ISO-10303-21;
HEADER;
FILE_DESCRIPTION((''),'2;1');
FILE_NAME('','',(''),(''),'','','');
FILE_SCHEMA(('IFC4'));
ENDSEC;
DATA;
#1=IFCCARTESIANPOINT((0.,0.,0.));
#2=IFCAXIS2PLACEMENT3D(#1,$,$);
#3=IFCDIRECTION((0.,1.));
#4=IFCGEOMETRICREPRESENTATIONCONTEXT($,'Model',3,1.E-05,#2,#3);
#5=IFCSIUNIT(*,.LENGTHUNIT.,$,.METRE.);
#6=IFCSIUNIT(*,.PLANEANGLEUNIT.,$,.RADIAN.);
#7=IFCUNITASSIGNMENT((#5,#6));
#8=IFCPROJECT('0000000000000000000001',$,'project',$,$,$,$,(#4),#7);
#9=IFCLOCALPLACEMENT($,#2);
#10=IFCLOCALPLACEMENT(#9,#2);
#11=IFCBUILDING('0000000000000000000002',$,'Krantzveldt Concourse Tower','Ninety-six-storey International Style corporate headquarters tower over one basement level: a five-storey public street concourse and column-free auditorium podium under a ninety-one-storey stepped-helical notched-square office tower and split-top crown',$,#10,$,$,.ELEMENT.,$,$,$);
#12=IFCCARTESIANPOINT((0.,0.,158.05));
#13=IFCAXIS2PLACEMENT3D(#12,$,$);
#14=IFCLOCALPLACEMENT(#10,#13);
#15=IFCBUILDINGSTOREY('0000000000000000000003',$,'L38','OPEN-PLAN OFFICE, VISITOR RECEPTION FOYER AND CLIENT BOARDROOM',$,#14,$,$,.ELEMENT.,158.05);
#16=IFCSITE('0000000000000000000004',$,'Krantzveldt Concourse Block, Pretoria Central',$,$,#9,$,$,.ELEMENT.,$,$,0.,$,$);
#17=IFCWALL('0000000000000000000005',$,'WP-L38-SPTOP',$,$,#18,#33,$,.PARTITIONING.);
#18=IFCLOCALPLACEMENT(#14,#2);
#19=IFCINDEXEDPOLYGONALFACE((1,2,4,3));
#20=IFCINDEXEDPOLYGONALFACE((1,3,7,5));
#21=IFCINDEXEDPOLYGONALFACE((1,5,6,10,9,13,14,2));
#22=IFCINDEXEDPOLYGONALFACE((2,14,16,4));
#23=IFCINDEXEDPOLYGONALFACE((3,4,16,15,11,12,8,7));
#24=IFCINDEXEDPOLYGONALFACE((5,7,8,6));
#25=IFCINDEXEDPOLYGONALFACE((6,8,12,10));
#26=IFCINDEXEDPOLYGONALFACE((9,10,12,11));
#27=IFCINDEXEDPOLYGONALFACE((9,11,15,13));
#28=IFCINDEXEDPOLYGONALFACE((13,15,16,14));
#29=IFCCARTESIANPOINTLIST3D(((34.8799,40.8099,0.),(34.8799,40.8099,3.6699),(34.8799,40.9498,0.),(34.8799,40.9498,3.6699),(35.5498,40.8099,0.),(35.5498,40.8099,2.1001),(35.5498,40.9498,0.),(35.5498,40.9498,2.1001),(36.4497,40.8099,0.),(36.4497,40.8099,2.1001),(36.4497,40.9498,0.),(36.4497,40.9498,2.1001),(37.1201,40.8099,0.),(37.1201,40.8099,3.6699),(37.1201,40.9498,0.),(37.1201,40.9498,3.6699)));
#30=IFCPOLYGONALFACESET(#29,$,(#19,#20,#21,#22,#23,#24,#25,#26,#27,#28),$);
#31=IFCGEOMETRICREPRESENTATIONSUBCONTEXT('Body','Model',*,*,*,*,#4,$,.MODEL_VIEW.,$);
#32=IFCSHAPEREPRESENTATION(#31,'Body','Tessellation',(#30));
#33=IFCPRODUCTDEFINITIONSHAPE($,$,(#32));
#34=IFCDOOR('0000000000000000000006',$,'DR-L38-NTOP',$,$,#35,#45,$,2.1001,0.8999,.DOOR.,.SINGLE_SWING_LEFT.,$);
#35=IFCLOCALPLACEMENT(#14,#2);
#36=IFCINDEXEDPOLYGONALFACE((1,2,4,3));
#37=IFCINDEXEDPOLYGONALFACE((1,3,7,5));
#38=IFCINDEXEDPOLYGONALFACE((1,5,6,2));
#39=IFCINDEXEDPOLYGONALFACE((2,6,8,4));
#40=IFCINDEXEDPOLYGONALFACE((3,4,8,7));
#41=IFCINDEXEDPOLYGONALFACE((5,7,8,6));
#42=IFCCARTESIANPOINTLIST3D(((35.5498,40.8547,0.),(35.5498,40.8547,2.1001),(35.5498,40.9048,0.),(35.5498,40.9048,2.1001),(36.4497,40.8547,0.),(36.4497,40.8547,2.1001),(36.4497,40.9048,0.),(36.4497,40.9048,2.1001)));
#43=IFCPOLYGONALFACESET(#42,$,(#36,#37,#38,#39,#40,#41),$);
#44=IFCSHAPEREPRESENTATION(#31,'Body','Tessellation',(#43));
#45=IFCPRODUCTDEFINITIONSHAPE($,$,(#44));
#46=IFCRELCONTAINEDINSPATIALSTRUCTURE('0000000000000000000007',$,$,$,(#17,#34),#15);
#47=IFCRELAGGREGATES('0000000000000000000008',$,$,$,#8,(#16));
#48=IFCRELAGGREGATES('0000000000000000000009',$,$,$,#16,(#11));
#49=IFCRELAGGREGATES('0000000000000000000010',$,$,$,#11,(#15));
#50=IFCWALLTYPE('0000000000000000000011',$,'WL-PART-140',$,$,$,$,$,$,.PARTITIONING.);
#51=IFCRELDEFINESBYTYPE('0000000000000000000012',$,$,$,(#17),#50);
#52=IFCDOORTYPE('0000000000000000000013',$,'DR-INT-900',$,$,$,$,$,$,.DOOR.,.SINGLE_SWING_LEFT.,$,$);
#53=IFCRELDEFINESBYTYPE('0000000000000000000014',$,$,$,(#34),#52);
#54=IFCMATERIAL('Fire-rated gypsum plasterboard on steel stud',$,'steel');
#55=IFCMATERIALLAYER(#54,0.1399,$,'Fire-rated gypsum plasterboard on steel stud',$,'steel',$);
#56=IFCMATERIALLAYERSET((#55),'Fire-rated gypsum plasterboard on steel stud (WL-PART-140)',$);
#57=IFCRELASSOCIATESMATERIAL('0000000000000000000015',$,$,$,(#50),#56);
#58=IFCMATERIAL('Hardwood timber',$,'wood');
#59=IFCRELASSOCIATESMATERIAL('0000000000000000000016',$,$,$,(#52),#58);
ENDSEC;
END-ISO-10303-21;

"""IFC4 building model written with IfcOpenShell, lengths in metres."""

from ifc_helpers import new_model, si_unit, direction, frame, frame_2d, origin, place, context, subcontext, project, spatial, rectangle, extrude, material, layer, layer_set, type_object, element, fill, save


model = new_model("IFC4")

# Units and contexts
model_context = context("Model", 3, precision=1e-05, world=origin(), true_north=direction((0.0, 1.0)))
body_context = subcontext(model_context, "Body", "Model", "MODEL_VIEW")
ifc_project = project(units=[si_unit("LENGTHUNIT", "METRE"), si_unit("PLANEANGLEUNIT", "RADIAN")], contexts=[model_context])

# Site, building, storey
site_placement = place(None, origin())
site = spatial("IfcSite", under=ifc_project, at=site_placement, Name="Krantzveldt Concourse Block, Pretoria Central", CompositionType="ELEMENT", RefElevation=0.0)
building_placement = place(site_placement, origin())
building = spatial("IfcBuilding", under=site, at=building_placement, Name="Krantzveldt Concourse Tower", Description="Ninety-six-storey International Style corporate headquarters tower over one basement level: a five-storey public street concourse and column-free auditorium podium under a ninety-one-storey stepped-helical notched-square office tower and split-top crown", CompositionType="ELEMENT")
storey_placement = place(building_placement, frame((0.0, 0.0, 158.05)))
storey = spatial("IfcBuildingStorey", under=building, at=storey_placement, Name="L38", Description="OPEN-PLAN OFFICE, VISITOR RECEPTION FOYER AND CLIENT BOARDROOM", CompositionType="ELEMENT", Elevation=158.05)

# Shared definitions
ifc_material_1 = material(Name="Fire-rated gypsum plasterboard on steel stud", Category="steel")

# Wall, opening, door
ifc_layer_1 = layer(ifc_material_1, 0.1399, Name="Fire-rated gypsum plasterboard on steel stud", Category="steel")
ifc_layer_set_1 = layer_set([ifc_layer_1], Name="Fire-rated gypsum plasterboard on steel stud (WL-PART-140)")
wall_type_1 = type_object("IfcWallType", Name="WL-PART-140", PredefinedType="PARTITIONING", material=ifc_layer_set_1)
wall_1_placement = place(storey_placement, frame((34.8799, 40.8799, 0.0), z_axis=(0.0, 0.0, 1.0), x_axis=(1.0, 0.0, 0.0)))
wall_1 = element("IfcWall", 1, at=wall_1_placement, inside=storey, type_object=wall_type_1, Name="WP-L38-SPTOP", PredefinedType="PARTITIONING", context=body_context, shape_type="SweptSolid", body=[
    extrude(rectangle(XDim=2.2402, YDim=0.1399, at=frame_2d((1.1201, 0.0))), origin(), (0.0, 0.0, 1.0), 3.6699),
])
opening_placement = place(wall_1_placement, frame((0.6699, 0.0, 0.0)))
opening = element("IfcOpeningElement", 2, at=opening_placement, cuts=wall_1, PredefinedType="OPENING", context=body_context, shape_type="SweptSolid", body=[
    extrude(rectangle(XDim=0.8999, YDim=2.1001, at=frame_2d((0.45, 1.05))), frame((0.0, 0.0801, 0.0), z_axis=(0.0, -1.0, 0.0), x_axis=(1.0, 0.0, 0.0)), (0.0, 0.0, 1.0), 0.1599),
])
ifc_material_2 = material(Name="Hardwood timber", Category="wood")
door_type = type_object("IfcDoorType", Name="DR-INT-900", OperationType="SINGLE_SWING_LEFT", PredefinedType="DOOR", material=ifc_material_2)
door_placement = place(opening_placement, origin())
door = element("IfcDoor", 3, at=door_placement, inside=storey, type_object=door_type, Name="DR-L38-NTOP", OperationType="SINGLE_SWING_LEFT", OverallHeight=2.1001, OverallWidth=0.8999, PredefinedType="DOOR", context=body_context, shape_type="SweptSolid", body=[
    extrude(rectangle(XDim=0.8999, YDim=2.1001, at=frame_2d((0.45, 1.05))), frame((0.0, 0.0249, 0.0), z_axis=(0.0, -1.0, 0.0), x_axis=(1.0, 0.0, 0.0)), (0.0, 0.0, 1.0), 0.05),
])
fill(opening, door)

save(model, "model.ifc")
